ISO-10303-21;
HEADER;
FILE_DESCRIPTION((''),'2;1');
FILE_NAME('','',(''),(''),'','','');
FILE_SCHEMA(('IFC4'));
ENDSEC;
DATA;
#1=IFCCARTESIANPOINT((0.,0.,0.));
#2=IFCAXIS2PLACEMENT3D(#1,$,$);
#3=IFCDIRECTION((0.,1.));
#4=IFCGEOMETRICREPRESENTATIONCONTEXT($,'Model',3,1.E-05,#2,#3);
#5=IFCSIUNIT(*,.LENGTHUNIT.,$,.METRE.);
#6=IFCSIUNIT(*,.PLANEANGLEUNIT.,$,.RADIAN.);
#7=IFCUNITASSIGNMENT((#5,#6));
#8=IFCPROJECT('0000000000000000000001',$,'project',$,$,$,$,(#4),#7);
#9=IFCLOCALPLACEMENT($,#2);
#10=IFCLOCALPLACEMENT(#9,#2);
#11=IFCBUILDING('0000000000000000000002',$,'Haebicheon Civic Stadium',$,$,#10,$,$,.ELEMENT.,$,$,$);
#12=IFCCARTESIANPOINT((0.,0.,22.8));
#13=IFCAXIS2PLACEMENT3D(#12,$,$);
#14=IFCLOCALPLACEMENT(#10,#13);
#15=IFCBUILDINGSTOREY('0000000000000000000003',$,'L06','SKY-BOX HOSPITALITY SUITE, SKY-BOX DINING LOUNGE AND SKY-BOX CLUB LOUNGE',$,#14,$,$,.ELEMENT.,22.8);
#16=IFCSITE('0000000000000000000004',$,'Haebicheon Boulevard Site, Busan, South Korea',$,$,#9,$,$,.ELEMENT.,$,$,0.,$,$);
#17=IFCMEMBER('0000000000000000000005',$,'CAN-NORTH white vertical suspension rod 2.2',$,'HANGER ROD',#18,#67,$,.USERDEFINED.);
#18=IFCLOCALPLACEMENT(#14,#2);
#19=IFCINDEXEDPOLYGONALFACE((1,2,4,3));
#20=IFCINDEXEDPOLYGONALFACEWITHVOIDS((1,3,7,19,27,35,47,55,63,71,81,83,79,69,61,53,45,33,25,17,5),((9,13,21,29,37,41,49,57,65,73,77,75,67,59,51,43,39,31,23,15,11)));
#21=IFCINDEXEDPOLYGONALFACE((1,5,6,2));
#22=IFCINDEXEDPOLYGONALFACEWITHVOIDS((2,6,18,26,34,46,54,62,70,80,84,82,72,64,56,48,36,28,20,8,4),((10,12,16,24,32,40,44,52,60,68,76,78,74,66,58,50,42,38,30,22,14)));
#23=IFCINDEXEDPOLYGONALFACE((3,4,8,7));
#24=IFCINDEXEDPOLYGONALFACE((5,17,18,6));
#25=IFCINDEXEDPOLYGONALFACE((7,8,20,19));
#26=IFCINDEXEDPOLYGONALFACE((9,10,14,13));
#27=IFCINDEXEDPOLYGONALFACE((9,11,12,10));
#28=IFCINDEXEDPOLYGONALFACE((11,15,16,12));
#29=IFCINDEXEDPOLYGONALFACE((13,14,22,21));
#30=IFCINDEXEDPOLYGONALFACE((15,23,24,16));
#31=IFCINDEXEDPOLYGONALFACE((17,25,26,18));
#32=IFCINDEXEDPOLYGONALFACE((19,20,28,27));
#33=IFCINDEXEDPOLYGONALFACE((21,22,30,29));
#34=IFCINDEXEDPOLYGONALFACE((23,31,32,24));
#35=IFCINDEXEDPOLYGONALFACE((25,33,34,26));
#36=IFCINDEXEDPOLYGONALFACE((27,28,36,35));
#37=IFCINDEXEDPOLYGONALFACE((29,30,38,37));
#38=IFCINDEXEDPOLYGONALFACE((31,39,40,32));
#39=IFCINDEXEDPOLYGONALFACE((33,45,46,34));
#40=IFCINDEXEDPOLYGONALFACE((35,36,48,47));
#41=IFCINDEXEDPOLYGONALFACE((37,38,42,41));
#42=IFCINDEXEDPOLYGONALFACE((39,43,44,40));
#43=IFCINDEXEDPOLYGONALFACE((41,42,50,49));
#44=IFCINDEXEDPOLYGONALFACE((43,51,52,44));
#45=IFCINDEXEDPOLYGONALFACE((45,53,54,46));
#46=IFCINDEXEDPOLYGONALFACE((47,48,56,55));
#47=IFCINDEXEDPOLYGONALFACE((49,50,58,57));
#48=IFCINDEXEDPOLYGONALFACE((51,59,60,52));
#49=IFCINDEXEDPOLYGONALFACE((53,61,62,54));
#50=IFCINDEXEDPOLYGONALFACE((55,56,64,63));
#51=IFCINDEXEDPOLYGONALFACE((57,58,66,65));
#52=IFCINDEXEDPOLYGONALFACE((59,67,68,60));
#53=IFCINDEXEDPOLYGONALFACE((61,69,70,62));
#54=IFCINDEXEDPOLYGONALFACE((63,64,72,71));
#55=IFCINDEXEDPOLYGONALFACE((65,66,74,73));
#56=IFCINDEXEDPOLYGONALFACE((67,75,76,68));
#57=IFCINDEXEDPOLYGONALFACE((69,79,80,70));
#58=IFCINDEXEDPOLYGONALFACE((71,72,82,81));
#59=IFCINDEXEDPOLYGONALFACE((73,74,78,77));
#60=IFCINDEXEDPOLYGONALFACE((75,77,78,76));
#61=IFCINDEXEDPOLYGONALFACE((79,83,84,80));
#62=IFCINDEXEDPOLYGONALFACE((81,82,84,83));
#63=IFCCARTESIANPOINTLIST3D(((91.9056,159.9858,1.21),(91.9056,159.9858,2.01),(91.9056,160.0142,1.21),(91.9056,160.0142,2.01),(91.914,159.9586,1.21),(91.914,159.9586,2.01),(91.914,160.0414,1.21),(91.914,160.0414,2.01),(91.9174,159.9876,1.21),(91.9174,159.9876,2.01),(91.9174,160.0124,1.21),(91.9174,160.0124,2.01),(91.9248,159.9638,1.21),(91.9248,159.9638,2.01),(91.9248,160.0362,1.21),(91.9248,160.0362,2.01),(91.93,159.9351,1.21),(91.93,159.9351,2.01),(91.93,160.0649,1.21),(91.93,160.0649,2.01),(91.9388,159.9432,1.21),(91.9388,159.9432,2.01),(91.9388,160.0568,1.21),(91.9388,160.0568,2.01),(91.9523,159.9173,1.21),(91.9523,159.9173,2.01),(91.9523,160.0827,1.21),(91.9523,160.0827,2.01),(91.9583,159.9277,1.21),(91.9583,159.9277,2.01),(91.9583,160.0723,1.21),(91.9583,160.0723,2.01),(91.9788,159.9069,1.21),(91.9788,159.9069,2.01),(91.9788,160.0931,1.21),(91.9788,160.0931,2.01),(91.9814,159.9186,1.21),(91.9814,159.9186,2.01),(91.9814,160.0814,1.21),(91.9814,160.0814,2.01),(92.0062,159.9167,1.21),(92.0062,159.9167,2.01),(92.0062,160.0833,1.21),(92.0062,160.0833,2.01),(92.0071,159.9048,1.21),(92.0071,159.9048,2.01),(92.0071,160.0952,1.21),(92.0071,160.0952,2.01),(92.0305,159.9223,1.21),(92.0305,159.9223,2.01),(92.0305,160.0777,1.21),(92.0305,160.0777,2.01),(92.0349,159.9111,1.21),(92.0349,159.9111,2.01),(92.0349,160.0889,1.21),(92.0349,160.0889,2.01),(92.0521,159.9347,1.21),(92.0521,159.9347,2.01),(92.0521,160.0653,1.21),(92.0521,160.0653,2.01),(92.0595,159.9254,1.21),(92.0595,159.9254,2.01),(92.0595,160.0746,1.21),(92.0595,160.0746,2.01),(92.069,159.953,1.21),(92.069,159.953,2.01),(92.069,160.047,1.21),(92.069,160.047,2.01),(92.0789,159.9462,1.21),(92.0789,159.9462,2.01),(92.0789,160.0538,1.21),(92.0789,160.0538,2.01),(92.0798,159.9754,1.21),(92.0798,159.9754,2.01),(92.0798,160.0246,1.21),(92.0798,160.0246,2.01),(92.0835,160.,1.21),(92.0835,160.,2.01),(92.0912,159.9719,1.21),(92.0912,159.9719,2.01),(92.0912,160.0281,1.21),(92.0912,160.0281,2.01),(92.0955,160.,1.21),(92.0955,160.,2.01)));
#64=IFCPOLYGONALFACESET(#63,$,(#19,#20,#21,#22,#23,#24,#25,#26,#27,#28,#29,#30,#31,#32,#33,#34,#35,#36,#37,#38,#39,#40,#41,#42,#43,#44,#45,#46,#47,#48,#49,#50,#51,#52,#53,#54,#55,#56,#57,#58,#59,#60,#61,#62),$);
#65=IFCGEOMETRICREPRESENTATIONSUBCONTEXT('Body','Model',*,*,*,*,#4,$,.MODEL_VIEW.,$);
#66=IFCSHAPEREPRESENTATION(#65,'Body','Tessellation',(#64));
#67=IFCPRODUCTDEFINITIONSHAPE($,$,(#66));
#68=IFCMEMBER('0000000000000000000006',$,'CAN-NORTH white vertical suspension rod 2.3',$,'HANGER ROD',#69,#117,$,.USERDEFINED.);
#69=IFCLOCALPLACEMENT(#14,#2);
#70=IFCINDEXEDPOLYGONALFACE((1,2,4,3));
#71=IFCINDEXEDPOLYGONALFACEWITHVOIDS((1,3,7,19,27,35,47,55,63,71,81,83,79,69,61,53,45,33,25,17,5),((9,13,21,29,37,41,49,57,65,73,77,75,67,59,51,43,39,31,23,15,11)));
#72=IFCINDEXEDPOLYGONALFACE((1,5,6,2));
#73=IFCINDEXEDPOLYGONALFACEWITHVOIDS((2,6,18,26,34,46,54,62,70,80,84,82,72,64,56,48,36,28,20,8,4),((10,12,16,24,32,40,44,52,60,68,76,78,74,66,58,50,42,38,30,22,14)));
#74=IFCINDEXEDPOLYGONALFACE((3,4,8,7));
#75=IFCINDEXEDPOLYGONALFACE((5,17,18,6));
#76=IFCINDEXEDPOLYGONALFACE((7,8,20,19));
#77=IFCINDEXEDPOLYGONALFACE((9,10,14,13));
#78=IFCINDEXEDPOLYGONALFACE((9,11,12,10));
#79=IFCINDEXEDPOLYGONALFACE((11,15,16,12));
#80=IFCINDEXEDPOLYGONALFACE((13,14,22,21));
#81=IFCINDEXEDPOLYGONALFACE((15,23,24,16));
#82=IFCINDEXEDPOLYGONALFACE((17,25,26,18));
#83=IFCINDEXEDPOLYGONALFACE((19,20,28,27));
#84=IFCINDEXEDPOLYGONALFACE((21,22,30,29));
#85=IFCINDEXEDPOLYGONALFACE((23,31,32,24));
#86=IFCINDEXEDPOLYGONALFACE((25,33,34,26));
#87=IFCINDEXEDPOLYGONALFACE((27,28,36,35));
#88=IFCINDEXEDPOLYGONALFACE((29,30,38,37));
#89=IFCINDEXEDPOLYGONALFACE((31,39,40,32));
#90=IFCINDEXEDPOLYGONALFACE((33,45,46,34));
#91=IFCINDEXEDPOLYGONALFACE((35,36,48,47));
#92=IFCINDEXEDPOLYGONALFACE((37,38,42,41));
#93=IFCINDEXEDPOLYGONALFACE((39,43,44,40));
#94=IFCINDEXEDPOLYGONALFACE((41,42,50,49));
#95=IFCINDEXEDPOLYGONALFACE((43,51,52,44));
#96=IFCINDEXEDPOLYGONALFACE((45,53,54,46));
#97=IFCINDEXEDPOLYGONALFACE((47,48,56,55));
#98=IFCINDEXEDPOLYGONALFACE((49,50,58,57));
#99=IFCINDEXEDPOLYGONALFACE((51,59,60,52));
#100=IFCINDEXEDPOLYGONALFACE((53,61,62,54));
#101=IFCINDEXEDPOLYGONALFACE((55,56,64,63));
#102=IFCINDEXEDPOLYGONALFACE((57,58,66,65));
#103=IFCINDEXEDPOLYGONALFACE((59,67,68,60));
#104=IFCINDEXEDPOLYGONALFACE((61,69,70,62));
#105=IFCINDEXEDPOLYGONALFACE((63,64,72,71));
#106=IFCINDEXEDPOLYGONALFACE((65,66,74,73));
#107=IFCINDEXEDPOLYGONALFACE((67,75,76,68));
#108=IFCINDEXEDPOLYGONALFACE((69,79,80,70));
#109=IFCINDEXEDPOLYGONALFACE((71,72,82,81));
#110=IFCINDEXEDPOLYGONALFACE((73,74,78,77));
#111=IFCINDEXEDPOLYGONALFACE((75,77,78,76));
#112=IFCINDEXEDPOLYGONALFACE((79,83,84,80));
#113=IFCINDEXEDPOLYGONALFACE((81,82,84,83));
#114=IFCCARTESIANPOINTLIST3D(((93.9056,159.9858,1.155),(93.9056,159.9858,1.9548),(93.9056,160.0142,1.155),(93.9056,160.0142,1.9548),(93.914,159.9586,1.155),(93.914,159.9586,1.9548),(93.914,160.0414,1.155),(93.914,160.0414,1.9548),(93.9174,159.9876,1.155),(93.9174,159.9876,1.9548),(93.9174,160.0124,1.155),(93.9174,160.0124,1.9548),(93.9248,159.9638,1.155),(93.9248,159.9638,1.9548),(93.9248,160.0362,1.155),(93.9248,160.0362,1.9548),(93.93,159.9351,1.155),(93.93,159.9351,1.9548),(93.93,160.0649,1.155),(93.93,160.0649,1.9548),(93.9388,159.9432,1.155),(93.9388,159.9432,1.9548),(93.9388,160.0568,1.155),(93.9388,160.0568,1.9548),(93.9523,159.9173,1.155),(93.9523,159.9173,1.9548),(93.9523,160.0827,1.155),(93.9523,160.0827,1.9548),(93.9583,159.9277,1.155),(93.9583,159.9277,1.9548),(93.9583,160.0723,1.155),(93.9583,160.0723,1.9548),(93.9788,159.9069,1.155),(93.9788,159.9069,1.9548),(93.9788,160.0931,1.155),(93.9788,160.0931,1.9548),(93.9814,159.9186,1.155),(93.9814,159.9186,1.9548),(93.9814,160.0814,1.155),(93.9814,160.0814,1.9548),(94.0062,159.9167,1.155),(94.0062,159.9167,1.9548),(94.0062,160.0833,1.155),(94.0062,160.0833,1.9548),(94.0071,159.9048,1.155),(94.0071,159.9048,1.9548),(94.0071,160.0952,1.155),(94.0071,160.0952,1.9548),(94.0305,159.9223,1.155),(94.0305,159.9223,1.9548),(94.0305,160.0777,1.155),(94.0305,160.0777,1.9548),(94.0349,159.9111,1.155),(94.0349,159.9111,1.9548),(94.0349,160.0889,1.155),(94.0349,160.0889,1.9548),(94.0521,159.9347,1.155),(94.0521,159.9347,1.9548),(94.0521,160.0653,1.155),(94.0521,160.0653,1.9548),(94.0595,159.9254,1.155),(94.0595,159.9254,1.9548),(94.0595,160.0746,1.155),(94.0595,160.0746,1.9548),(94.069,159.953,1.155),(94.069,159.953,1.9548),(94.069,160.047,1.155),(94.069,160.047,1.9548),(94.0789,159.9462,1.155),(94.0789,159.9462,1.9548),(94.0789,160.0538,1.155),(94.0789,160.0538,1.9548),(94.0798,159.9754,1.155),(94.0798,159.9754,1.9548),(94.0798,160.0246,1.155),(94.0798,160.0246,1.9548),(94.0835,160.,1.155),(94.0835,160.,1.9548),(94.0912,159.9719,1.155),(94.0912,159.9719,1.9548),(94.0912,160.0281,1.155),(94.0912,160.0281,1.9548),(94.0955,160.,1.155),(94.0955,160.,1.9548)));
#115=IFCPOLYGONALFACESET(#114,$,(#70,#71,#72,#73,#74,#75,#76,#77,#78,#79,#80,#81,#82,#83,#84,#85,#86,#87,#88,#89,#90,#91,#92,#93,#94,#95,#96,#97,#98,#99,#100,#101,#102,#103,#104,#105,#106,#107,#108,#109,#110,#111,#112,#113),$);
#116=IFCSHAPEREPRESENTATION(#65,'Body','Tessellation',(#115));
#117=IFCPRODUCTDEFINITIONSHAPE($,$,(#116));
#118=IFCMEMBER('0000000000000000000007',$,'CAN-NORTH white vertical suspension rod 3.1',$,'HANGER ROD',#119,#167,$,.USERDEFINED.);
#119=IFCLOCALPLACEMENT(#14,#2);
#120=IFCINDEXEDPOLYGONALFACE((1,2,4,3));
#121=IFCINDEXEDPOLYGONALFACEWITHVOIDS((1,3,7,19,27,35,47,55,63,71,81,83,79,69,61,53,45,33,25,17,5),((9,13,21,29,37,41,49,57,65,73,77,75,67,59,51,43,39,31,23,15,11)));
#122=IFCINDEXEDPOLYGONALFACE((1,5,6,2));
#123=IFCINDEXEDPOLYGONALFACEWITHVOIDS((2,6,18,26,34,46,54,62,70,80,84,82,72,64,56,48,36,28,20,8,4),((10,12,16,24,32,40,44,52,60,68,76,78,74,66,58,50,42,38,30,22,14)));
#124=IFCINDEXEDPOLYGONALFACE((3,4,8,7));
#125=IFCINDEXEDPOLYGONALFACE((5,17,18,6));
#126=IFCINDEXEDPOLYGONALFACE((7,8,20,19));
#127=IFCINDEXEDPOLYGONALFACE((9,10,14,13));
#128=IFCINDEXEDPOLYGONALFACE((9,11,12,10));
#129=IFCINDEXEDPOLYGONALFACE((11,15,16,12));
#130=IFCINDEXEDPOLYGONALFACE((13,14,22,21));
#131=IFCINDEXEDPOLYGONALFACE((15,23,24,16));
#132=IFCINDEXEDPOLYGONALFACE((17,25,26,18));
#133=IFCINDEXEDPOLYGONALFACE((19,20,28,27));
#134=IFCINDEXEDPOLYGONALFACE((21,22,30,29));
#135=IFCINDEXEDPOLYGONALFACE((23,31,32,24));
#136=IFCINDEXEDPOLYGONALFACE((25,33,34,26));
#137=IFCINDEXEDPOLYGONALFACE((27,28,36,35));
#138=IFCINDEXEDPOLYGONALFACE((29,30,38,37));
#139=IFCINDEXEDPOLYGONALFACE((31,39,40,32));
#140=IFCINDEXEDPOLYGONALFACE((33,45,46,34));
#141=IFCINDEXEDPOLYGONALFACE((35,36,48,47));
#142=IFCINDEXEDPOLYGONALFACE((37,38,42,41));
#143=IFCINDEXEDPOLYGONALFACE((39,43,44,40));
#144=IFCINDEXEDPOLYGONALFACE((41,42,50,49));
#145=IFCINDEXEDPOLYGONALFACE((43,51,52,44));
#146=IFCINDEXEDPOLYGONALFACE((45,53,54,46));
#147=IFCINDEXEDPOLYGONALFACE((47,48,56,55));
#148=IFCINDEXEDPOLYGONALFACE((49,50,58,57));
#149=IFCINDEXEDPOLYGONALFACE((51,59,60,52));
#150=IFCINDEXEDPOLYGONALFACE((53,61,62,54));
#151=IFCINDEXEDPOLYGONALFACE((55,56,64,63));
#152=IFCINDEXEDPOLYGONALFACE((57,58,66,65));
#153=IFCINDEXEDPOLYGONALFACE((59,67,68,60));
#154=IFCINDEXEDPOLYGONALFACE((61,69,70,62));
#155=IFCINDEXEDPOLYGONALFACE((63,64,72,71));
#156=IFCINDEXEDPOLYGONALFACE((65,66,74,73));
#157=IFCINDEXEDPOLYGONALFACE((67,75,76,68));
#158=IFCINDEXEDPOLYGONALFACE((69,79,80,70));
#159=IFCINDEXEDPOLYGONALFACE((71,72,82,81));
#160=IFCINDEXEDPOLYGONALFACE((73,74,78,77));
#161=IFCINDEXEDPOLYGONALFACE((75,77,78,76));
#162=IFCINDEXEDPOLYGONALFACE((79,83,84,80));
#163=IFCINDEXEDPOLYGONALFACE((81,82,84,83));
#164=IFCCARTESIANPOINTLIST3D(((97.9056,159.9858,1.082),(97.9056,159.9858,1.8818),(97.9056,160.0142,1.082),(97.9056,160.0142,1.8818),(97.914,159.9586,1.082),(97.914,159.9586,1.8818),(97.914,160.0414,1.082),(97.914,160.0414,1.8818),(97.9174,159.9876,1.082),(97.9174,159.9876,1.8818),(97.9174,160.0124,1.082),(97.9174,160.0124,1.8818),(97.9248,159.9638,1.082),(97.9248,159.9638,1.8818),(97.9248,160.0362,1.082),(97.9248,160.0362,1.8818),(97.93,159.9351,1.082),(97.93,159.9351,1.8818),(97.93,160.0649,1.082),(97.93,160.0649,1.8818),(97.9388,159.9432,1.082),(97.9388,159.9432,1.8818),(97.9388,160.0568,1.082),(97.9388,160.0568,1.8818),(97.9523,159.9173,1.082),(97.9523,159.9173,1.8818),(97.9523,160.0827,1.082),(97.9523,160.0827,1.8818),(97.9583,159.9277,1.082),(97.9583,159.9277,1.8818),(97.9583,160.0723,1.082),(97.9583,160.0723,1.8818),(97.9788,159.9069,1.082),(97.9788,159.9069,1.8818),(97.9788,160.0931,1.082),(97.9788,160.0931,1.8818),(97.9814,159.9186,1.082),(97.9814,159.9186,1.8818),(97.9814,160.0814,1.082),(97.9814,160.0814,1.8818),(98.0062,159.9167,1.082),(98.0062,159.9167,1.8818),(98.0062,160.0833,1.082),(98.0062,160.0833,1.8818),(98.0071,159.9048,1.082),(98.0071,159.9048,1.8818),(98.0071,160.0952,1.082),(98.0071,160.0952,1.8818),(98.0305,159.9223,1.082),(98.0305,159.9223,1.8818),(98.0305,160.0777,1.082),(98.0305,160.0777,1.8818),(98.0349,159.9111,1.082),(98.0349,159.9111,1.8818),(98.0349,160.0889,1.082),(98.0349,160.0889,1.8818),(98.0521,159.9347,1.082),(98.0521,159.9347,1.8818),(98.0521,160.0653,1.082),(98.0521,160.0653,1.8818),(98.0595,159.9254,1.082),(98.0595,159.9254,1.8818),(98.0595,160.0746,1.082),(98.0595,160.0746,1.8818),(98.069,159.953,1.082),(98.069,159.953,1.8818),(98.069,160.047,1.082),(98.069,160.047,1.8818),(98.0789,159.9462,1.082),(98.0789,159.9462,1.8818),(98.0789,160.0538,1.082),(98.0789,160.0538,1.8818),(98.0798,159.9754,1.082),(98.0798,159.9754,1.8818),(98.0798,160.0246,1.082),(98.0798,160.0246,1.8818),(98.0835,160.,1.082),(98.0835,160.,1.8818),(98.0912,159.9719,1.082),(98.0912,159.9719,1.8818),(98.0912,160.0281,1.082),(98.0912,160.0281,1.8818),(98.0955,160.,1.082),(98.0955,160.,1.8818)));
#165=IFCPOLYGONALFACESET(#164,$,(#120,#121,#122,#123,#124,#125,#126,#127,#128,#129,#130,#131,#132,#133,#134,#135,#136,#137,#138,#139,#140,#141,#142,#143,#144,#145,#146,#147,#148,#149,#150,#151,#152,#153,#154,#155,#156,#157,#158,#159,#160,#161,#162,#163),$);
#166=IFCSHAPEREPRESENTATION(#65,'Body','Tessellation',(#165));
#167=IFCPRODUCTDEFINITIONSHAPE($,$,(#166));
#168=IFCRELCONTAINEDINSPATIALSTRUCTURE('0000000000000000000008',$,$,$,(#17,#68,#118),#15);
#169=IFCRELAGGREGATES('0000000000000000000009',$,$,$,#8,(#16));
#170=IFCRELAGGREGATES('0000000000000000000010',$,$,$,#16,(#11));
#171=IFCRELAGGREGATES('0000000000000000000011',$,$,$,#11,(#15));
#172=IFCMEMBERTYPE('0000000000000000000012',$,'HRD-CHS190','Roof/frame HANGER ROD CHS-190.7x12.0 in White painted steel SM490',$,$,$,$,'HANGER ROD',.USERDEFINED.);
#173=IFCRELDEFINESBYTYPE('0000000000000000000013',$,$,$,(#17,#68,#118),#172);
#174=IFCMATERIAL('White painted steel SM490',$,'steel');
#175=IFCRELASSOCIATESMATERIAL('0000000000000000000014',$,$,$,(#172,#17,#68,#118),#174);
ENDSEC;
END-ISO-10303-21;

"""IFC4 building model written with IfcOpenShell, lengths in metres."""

from ifc_helpers import new_model, si_unit, direction, frame, origin, origin_2d, place, context, subcontext, project, spatial, hollow_circle, extrude, material, material_profile, profile_set, type_object, element, save


model = new_model("IFC4")

# Units and contexts
model_context = context("Model", 3, precision=1e-05, world=origin(), true_north=direction((0.0, 1.0)))
body_context = subcontext(model_context, "Body", "Model", "MODEL_VIEW")
ifc_project = project(units=[si_unit("LENGTHUNIT", "METRE"), si_unit("PLANEANGLEUNIT", "RADIAN")], contexts=[model_context])

# Site, building, storey
site_placement = place(None, origin())
site = spatial("IfcSite", under=ifc_project, at=site_placement, Name="Haebicheon Boulevard Site, Busan, South Korea", CompositionType="ELEMENT", RefElevation=0.0)
building_placement = place(site_placement, origin())
building = spatial("IfcBuilding", under=site, at=building_placement, Name="Haebicheon Civic Stadium", CompositionType="ELEMENT")
storey_placement = place(building_placement, frame((0.0, 0.0, 22.8)))
storey = spatial("IfcBuildingStorey", under=building, at=storey_placement, Name="L06", Description="SKY-BOX HOSPITALITY SUITE, SKY-BOX DINING LOUNGE AND SKY-BOX CLUB LOUNGE", CompositionType="ELEMENT", Elevation=22.8)

# Members
ifc_material_1 = material(Name="White painted steel SM490", Category="steel")
ifc_material_profile_1 = material_profile(ifc_material_1, hollow_circle(Radius=0.0955, WallThickness=0.012, at=origin_2d()), Name="CHS-190.7x12.0")
ifc_profile_set_1 = profile_set([ifc_material_profile_1], Name="White painted steel SM490")
member_type_1 = type_object("IfcMemberType", Name="HRD-CHS190", Description="Roof/frame HANGER ROD CHS-190.7x12.0 in White painted steel SM490", ElementType="HANGER ROD", PredefinedType="USERDEFINED", material=ifc_profile_set_1)
for number, where, z_axis, x_axis, name in (
    (1, (92.0, 160.0, 1.21), (0.0, 0.0, 1.0), (1.0, 0.0, 0.0), "CAN-NORTH white vertical suspension rod 2.2"),
):
    element("IfcMember", number, at=place(storey_placement, frame(where, z_axis=z_axis, x_axis=x_axis)), inside=storey, type_object=member_type_1, material=ifc_profile_set_1, Name=name, ObjectType="HANGER ROD", PredefinedType="USERDEFINED", context=body_context, shape_type="SweptSolid", body=[
        extrude(hollow_circle(Radius=0.0955, WallThickness=0.012, at=origin_2d()), origin(), (0.0, 0.0, 1.0), 0.8),
    ])
for number, where, z_axis, x_axis, name in (
    (2, (94.0, 160.0, 1.155), (0.0, 0.0, 1.0), (1.0, 0.0, 0.0), "CAN-NORTH white vertical suspension rod 2.3"),
    (3, (98.0, 160.0, 1.082), (0.0, 0.0, 1.0), (1.0, 0.0, 0.0), "CAN-NORTH white vertical suspension rod 3.1"),
):
    element("IfcMember", number, at=place(storey_placement, frame(where, z_axis=z_axis, x_axis=x_axis)), inside=storey, type_object=member_type_1, material=ifc_profile_set_1, Name=name, ObjectType="HANGER ROD", PredefinedType="USERDEFINED", context=body_context, shape_type="SweptSolid", body=[
        extrude(hollow_circle(Radius=0.0955, WallThickness=0.012, at=origin_2d()), origin(), (0.0, 0.0, 1.0), 0.7998),
    ])

save(model, "model.ifc")
